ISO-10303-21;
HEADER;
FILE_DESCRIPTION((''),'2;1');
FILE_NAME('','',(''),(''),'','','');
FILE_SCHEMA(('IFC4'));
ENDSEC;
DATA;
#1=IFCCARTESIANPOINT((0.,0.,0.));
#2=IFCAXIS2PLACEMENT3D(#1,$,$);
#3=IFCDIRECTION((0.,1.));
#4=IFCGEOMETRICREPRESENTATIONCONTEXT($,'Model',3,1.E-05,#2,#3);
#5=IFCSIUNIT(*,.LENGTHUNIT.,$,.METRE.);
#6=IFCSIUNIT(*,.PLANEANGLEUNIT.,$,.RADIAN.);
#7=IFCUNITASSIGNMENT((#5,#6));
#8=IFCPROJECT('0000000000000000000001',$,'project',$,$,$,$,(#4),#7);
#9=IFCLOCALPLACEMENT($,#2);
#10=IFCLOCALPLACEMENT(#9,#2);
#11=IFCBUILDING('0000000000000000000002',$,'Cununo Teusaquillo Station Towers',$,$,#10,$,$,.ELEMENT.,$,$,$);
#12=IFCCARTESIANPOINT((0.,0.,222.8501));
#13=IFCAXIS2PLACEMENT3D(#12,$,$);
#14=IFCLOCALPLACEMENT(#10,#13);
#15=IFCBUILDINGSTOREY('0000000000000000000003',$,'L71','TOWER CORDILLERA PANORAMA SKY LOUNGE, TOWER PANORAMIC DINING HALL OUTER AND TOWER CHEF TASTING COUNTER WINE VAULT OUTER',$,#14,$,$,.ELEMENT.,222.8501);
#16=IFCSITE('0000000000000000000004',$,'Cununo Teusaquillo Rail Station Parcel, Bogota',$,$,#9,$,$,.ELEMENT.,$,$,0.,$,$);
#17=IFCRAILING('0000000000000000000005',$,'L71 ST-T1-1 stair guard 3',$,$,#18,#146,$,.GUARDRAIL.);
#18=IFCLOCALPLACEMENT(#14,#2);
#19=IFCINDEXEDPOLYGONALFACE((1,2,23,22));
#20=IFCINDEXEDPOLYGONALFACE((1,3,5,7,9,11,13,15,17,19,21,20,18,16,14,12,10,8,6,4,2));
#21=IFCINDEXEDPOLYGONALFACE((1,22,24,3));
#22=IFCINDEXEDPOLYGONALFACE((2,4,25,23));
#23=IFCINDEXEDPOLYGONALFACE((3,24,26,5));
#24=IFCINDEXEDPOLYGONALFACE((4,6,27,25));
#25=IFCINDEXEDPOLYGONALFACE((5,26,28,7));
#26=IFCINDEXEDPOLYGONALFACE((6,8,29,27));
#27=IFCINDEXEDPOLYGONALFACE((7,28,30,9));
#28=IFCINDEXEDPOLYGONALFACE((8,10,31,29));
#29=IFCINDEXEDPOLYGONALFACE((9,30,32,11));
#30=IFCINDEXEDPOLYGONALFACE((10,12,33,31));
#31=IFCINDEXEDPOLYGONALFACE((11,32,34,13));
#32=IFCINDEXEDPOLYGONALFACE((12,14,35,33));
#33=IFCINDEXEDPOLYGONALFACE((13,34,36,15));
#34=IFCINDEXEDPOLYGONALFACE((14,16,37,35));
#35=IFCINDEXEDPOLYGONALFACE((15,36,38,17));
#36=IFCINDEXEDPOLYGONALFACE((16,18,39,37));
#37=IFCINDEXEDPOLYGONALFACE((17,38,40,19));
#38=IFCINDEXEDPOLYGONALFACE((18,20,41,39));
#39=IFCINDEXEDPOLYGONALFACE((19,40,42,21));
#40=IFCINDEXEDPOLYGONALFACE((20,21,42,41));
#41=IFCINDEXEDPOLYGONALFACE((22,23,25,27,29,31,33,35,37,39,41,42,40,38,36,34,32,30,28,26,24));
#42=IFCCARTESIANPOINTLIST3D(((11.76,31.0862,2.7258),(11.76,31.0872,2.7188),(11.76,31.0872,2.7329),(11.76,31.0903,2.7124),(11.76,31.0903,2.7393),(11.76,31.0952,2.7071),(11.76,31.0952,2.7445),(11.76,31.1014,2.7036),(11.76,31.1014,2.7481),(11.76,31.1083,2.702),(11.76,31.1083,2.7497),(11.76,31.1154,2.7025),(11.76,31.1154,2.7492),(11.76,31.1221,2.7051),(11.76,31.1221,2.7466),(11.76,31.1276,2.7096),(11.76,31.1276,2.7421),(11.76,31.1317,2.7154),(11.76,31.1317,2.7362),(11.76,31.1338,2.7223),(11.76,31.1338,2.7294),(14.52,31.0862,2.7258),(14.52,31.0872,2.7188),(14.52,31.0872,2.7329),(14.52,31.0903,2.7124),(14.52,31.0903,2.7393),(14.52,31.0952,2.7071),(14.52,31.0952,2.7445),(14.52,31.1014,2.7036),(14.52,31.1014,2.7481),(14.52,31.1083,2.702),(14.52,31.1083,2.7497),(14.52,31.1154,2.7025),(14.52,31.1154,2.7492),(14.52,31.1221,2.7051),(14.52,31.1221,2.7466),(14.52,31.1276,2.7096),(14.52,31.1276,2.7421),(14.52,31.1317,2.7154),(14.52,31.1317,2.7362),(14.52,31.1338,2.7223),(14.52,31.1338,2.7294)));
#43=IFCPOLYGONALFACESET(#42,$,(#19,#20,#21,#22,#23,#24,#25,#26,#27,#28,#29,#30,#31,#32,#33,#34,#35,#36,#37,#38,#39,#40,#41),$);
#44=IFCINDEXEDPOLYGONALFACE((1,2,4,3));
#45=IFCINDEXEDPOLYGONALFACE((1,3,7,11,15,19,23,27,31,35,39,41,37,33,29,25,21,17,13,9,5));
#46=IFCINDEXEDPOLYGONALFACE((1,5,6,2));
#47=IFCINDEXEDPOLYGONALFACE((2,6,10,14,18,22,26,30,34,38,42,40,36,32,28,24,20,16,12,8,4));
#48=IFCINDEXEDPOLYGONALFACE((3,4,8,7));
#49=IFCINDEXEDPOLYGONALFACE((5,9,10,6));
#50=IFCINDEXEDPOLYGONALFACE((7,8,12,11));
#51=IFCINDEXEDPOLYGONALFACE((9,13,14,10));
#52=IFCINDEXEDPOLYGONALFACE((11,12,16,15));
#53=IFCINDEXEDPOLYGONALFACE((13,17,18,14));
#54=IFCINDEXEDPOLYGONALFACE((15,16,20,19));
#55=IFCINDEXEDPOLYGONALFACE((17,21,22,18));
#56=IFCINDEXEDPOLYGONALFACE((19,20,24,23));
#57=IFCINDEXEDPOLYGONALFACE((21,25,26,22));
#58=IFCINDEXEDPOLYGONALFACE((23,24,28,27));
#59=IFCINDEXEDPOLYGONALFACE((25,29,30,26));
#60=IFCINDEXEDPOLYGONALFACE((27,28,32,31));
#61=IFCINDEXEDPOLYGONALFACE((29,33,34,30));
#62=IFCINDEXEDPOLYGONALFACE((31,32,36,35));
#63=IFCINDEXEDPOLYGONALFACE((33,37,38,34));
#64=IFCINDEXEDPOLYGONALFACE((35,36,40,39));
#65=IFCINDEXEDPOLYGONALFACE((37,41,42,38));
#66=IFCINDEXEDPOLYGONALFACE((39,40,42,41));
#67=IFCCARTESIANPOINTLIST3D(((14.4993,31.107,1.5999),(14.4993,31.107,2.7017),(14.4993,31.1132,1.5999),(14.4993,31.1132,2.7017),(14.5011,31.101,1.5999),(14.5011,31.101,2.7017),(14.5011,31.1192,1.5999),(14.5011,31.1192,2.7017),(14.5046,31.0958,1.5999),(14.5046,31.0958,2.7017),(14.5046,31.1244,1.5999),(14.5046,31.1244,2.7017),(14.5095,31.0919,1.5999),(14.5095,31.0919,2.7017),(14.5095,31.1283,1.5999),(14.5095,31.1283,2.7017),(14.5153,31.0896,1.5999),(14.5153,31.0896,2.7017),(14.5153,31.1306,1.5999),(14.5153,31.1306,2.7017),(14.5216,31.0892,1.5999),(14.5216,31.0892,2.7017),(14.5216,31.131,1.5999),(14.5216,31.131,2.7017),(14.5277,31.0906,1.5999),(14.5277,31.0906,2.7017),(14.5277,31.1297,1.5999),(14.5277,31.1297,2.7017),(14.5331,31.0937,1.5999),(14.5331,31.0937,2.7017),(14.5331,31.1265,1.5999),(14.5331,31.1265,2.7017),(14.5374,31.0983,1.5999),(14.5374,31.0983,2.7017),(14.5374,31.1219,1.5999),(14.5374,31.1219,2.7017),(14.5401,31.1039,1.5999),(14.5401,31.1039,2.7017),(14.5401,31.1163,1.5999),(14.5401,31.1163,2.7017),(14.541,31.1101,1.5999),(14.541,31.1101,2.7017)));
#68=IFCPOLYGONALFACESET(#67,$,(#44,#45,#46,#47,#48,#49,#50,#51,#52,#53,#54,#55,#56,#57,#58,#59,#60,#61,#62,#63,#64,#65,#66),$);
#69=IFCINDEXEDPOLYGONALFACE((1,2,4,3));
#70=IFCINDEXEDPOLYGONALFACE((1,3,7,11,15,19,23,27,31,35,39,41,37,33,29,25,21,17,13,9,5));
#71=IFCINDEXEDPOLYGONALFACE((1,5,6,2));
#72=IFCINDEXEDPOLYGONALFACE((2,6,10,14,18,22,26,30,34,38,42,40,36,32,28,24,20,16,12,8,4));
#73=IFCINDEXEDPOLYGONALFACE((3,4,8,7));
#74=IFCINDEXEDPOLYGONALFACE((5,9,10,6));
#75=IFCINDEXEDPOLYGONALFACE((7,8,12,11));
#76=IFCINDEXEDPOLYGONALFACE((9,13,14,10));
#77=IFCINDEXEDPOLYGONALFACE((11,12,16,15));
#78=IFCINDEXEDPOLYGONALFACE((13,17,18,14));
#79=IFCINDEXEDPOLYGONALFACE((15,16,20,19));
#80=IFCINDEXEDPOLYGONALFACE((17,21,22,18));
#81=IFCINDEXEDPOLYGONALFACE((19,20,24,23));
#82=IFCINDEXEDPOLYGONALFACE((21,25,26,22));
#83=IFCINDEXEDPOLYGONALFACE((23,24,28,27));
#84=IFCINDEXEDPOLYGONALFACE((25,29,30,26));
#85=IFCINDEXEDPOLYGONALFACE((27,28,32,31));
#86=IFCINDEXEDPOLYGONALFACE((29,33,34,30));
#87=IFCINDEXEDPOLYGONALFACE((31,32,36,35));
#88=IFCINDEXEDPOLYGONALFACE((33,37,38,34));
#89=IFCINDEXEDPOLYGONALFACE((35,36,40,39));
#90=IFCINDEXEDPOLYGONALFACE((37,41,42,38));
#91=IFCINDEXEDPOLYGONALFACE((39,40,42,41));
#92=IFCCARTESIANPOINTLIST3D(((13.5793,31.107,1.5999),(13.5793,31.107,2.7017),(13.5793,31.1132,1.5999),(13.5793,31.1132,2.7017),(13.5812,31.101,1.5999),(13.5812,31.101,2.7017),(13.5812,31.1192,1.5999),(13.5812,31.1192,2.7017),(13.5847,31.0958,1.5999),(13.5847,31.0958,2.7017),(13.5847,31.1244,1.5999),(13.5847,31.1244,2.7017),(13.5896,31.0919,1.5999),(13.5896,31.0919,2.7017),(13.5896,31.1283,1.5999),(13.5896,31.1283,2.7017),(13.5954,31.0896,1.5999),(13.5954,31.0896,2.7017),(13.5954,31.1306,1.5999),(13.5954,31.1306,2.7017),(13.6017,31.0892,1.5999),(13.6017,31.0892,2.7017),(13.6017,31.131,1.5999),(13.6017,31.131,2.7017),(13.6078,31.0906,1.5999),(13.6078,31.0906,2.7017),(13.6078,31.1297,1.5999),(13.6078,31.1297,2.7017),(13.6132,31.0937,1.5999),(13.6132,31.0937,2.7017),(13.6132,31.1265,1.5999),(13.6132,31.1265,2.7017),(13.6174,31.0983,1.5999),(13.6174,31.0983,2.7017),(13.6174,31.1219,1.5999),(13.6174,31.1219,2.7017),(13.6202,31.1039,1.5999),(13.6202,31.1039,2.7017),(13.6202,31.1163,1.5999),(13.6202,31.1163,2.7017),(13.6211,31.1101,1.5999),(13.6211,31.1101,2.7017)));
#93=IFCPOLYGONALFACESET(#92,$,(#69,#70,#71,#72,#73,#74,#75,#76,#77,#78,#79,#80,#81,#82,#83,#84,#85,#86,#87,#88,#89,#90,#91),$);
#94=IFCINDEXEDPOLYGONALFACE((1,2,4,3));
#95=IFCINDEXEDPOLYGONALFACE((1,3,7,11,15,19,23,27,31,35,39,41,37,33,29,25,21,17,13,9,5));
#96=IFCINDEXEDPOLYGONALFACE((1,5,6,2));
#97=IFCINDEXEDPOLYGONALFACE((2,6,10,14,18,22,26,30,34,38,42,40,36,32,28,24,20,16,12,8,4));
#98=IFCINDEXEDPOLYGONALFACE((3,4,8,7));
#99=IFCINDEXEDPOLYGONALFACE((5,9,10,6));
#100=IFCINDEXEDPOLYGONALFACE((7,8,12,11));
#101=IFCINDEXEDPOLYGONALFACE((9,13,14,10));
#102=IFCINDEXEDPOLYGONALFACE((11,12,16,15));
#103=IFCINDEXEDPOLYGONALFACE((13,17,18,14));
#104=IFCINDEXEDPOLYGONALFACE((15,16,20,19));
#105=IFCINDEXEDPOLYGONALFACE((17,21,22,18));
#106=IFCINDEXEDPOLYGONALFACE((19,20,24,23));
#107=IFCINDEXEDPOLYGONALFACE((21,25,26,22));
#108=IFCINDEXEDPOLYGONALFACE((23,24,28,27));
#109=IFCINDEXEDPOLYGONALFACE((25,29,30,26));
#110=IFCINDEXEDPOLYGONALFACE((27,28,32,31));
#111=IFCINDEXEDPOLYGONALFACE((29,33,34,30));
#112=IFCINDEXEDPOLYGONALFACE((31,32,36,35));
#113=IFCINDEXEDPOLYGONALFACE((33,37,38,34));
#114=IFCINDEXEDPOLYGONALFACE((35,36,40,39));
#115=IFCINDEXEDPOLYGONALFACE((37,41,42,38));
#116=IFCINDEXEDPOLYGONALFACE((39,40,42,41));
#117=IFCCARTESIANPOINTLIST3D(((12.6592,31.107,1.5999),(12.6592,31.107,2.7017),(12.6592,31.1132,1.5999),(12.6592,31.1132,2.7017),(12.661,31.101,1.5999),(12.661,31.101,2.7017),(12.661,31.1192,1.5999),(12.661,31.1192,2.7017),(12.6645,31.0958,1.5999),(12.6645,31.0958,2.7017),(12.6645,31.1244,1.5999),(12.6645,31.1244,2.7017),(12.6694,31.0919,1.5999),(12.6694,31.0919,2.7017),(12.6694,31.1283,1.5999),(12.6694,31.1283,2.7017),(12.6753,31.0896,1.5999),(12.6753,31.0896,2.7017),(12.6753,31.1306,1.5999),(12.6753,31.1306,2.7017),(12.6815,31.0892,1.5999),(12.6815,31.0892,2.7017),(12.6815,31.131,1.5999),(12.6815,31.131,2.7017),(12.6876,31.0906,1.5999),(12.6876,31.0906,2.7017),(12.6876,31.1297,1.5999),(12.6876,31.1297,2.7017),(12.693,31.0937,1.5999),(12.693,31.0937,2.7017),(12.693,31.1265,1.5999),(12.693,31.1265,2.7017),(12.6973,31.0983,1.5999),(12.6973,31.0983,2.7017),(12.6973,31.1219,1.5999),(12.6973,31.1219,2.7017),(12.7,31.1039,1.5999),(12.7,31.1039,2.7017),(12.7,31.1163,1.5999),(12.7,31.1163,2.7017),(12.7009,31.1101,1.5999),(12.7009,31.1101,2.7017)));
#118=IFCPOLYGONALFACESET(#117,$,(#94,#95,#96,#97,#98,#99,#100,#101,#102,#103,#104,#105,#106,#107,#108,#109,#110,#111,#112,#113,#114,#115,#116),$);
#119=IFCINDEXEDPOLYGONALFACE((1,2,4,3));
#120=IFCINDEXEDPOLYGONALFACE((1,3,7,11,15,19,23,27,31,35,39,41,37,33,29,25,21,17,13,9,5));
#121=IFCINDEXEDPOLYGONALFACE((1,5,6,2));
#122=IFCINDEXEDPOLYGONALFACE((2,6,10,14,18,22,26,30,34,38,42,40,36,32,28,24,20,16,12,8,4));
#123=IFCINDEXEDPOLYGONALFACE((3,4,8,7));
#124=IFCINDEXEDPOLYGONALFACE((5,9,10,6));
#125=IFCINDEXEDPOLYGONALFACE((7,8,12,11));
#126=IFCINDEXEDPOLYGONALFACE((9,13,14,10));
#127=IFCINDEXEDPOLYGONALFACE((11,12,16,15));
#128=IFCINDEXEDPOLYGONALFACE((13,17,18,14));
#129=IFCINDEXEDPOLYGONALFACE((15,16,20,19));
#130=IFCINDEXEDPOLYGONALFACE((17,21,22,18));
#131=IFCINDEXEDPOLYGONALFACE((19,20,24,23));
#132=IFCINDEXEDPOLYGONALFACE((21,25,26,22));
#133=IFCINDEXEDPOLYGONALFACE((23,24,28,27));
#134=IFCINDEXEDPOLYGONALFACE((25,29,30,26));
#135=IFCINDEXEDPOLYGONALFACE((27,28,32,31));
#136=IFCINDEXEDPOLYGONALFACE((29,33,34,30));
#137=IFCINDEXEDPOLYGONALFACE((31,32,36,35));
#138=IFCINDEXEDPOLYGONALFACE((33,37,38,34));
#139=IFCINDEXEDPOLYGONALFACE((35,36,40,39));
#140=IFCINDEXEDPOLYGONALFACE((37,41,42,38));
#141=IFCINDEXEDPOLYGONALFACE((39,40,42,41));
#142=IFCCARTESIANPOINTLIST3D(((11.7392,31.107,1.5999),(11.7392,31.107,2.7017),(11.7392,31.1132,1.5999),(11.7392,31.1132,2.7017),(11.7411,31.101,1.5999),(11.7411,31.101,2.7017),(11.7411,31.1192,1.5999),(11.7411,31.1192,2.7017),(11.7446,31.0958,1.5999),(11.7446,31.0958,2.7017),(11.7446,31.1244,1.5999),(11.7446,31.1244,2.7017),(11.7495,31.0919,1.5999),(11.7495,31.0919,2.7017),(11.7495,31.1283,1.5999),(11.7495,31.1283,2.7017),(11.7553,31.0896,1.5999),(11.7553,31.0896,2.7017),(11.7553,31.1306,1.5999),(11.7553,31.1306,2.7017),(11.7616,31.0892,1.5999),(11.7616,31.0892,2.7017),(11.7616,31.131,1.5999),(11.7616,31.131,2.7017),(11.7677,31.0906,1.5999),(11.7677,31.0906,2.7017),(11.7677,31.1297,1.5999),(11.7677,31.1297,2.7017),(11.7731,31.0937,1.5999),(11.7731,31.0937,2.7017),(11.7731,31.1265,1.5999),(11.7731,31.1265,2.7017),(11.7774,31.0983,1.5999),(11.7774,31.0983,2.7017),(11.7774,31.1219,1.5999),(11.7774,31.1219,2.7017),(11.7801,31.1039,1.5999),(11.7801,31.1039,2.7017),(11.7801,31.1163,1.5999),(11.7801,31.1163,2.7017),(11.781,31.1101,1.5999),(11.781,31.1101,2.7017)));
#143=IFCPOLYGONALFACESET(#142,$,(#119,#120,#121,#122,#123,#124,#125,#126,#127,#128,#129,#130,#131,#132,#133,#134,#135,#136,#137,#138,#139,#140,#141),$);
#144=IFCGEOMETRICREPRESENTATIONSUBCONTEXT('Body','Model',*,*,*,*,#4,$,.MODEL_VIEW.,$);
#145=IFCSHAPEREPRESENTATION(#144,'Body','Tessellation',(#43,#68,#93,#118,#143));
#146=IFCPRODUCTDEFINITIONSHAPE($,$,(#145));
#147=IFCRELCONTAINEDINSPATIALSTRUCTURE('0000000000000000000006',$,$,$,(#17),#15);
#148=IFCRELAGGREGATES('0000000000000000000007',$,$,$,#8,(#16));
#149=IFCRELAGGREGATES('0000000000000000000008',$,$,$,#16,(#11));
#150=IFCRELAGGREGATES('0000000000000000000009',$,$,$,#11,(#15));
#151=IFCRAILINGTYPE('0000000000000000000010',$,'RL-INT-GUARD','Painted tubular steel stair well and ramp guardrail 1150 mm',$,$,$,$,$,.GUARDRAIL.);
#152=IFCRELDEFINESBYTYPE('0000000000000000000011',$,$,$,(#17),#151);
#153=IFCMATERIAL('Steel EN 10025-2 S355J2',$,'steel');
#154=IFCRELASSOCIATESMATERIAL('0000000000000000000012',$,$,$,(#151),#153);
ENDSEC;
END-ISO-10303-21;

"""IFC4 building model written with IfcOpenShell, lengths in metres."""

from ifc_helpers import new_model, si_unit, direction, frame, origin, origin_2d, place, context, subcontext, project, spatial, circle, extrude, material, type_object, element, save


model = new_model("IFC4")

# Units and contexts
model_context = context("Model", 3, precision=1e-05, world=origin(), true_north=direction((0.0, 1.0)))
body_context = subcontext(model_context, "Body", "Model", "MODEL_VIEW")
ifc_project = project(units=[si_unit("LENGTHUNIT", "METRE"), si_unit("PLANEANGLEUNIT", "RADIAN")], contexts=[model_context])

# Site, building, storey
site_placement = place(None, origin())
site = spatial("IfcSite", under=ifc_project, at=site_placement, Name="Cununo Teusaquillo Rail Station Parcel, Bogota", CompositionType="ELEMENT", RefElevation=0.0)
building_placement = place(site_placement, origin())
building = spatial("IfcBuilding", under=site, at=building_placement, Name="Cununo Teusaquillo Station Towers", CompositionType="ELEMENT")
storey_placement = place(building_placement, frame((0.0, 0.0, 222.8501)))
storey = spatial("IfcBuildingStorey", under=building, at=storey_placement, Name="L71", Description="TOWER CORDILLERA PANORAMA SKY LOUNGE, TOWER PANORAMIC DINING HALL OUTER AND TOWER CHEF TASTING COUNTER WINE VAULT OUTER", CompositionType="ELEMENT", Elevation=222.8501)

# Railing
ifc_material_1 = material(Name="Steel EN 10025-2 S355J2", Category="steel")
railing_type_1 = type_object("IfcRailingType", Name="RL-INT-GUARD", Description="Painted tubular steel stair well and ramp guardrail 1150 mm", PredefinedType="GUARDRAIL", material=ifc_material_1)
railing_1_placement = place(storey_placement, frame((14.52, 31.1101, 1.5999)))
element("IfcRailing", 1, at=railing_1_placement, inside=storey, type_object=railing_type_1, Name="L71 ST-T1-1 stair guard 3", PredefinedType="GUARDRAIL", context=body_context, shape_type="SweptSolid", body=[
    extrude(circle(Radius=0.0239, at=origin_2d()), frame((0.0, 0.0, 1.126), z_axis=(-1.0, 0.0, 0.0), x_axis=(0.0, -1.0, 0.0)), (0.0, 0.0, 1.0), 2.76),
    extrude(circle(Radius=0.021, at=origin_2d()), origin(), (0.0, 0.0, 1.0), 1.1018),
    extrude(circle(Radius=0.021, at=origin_2d()), frame((-0.9199, 0.0, 0.0)), (0.0, 0.0, 1.0), 1.1018),
    extrude(circle(Radius=0.021, at=origin_2d()), frame((-1.8401, 0.0, 0.0)), (0.0, 0.0, 1.0), 1.1018),
    extrude(circle(Radius=0.021, at=origin_2d()), frame((-2.76, 0.0, 0.0)), (0.0, 0.0, 1.0), 1.1018),
])

save(model, "model.ifc")
